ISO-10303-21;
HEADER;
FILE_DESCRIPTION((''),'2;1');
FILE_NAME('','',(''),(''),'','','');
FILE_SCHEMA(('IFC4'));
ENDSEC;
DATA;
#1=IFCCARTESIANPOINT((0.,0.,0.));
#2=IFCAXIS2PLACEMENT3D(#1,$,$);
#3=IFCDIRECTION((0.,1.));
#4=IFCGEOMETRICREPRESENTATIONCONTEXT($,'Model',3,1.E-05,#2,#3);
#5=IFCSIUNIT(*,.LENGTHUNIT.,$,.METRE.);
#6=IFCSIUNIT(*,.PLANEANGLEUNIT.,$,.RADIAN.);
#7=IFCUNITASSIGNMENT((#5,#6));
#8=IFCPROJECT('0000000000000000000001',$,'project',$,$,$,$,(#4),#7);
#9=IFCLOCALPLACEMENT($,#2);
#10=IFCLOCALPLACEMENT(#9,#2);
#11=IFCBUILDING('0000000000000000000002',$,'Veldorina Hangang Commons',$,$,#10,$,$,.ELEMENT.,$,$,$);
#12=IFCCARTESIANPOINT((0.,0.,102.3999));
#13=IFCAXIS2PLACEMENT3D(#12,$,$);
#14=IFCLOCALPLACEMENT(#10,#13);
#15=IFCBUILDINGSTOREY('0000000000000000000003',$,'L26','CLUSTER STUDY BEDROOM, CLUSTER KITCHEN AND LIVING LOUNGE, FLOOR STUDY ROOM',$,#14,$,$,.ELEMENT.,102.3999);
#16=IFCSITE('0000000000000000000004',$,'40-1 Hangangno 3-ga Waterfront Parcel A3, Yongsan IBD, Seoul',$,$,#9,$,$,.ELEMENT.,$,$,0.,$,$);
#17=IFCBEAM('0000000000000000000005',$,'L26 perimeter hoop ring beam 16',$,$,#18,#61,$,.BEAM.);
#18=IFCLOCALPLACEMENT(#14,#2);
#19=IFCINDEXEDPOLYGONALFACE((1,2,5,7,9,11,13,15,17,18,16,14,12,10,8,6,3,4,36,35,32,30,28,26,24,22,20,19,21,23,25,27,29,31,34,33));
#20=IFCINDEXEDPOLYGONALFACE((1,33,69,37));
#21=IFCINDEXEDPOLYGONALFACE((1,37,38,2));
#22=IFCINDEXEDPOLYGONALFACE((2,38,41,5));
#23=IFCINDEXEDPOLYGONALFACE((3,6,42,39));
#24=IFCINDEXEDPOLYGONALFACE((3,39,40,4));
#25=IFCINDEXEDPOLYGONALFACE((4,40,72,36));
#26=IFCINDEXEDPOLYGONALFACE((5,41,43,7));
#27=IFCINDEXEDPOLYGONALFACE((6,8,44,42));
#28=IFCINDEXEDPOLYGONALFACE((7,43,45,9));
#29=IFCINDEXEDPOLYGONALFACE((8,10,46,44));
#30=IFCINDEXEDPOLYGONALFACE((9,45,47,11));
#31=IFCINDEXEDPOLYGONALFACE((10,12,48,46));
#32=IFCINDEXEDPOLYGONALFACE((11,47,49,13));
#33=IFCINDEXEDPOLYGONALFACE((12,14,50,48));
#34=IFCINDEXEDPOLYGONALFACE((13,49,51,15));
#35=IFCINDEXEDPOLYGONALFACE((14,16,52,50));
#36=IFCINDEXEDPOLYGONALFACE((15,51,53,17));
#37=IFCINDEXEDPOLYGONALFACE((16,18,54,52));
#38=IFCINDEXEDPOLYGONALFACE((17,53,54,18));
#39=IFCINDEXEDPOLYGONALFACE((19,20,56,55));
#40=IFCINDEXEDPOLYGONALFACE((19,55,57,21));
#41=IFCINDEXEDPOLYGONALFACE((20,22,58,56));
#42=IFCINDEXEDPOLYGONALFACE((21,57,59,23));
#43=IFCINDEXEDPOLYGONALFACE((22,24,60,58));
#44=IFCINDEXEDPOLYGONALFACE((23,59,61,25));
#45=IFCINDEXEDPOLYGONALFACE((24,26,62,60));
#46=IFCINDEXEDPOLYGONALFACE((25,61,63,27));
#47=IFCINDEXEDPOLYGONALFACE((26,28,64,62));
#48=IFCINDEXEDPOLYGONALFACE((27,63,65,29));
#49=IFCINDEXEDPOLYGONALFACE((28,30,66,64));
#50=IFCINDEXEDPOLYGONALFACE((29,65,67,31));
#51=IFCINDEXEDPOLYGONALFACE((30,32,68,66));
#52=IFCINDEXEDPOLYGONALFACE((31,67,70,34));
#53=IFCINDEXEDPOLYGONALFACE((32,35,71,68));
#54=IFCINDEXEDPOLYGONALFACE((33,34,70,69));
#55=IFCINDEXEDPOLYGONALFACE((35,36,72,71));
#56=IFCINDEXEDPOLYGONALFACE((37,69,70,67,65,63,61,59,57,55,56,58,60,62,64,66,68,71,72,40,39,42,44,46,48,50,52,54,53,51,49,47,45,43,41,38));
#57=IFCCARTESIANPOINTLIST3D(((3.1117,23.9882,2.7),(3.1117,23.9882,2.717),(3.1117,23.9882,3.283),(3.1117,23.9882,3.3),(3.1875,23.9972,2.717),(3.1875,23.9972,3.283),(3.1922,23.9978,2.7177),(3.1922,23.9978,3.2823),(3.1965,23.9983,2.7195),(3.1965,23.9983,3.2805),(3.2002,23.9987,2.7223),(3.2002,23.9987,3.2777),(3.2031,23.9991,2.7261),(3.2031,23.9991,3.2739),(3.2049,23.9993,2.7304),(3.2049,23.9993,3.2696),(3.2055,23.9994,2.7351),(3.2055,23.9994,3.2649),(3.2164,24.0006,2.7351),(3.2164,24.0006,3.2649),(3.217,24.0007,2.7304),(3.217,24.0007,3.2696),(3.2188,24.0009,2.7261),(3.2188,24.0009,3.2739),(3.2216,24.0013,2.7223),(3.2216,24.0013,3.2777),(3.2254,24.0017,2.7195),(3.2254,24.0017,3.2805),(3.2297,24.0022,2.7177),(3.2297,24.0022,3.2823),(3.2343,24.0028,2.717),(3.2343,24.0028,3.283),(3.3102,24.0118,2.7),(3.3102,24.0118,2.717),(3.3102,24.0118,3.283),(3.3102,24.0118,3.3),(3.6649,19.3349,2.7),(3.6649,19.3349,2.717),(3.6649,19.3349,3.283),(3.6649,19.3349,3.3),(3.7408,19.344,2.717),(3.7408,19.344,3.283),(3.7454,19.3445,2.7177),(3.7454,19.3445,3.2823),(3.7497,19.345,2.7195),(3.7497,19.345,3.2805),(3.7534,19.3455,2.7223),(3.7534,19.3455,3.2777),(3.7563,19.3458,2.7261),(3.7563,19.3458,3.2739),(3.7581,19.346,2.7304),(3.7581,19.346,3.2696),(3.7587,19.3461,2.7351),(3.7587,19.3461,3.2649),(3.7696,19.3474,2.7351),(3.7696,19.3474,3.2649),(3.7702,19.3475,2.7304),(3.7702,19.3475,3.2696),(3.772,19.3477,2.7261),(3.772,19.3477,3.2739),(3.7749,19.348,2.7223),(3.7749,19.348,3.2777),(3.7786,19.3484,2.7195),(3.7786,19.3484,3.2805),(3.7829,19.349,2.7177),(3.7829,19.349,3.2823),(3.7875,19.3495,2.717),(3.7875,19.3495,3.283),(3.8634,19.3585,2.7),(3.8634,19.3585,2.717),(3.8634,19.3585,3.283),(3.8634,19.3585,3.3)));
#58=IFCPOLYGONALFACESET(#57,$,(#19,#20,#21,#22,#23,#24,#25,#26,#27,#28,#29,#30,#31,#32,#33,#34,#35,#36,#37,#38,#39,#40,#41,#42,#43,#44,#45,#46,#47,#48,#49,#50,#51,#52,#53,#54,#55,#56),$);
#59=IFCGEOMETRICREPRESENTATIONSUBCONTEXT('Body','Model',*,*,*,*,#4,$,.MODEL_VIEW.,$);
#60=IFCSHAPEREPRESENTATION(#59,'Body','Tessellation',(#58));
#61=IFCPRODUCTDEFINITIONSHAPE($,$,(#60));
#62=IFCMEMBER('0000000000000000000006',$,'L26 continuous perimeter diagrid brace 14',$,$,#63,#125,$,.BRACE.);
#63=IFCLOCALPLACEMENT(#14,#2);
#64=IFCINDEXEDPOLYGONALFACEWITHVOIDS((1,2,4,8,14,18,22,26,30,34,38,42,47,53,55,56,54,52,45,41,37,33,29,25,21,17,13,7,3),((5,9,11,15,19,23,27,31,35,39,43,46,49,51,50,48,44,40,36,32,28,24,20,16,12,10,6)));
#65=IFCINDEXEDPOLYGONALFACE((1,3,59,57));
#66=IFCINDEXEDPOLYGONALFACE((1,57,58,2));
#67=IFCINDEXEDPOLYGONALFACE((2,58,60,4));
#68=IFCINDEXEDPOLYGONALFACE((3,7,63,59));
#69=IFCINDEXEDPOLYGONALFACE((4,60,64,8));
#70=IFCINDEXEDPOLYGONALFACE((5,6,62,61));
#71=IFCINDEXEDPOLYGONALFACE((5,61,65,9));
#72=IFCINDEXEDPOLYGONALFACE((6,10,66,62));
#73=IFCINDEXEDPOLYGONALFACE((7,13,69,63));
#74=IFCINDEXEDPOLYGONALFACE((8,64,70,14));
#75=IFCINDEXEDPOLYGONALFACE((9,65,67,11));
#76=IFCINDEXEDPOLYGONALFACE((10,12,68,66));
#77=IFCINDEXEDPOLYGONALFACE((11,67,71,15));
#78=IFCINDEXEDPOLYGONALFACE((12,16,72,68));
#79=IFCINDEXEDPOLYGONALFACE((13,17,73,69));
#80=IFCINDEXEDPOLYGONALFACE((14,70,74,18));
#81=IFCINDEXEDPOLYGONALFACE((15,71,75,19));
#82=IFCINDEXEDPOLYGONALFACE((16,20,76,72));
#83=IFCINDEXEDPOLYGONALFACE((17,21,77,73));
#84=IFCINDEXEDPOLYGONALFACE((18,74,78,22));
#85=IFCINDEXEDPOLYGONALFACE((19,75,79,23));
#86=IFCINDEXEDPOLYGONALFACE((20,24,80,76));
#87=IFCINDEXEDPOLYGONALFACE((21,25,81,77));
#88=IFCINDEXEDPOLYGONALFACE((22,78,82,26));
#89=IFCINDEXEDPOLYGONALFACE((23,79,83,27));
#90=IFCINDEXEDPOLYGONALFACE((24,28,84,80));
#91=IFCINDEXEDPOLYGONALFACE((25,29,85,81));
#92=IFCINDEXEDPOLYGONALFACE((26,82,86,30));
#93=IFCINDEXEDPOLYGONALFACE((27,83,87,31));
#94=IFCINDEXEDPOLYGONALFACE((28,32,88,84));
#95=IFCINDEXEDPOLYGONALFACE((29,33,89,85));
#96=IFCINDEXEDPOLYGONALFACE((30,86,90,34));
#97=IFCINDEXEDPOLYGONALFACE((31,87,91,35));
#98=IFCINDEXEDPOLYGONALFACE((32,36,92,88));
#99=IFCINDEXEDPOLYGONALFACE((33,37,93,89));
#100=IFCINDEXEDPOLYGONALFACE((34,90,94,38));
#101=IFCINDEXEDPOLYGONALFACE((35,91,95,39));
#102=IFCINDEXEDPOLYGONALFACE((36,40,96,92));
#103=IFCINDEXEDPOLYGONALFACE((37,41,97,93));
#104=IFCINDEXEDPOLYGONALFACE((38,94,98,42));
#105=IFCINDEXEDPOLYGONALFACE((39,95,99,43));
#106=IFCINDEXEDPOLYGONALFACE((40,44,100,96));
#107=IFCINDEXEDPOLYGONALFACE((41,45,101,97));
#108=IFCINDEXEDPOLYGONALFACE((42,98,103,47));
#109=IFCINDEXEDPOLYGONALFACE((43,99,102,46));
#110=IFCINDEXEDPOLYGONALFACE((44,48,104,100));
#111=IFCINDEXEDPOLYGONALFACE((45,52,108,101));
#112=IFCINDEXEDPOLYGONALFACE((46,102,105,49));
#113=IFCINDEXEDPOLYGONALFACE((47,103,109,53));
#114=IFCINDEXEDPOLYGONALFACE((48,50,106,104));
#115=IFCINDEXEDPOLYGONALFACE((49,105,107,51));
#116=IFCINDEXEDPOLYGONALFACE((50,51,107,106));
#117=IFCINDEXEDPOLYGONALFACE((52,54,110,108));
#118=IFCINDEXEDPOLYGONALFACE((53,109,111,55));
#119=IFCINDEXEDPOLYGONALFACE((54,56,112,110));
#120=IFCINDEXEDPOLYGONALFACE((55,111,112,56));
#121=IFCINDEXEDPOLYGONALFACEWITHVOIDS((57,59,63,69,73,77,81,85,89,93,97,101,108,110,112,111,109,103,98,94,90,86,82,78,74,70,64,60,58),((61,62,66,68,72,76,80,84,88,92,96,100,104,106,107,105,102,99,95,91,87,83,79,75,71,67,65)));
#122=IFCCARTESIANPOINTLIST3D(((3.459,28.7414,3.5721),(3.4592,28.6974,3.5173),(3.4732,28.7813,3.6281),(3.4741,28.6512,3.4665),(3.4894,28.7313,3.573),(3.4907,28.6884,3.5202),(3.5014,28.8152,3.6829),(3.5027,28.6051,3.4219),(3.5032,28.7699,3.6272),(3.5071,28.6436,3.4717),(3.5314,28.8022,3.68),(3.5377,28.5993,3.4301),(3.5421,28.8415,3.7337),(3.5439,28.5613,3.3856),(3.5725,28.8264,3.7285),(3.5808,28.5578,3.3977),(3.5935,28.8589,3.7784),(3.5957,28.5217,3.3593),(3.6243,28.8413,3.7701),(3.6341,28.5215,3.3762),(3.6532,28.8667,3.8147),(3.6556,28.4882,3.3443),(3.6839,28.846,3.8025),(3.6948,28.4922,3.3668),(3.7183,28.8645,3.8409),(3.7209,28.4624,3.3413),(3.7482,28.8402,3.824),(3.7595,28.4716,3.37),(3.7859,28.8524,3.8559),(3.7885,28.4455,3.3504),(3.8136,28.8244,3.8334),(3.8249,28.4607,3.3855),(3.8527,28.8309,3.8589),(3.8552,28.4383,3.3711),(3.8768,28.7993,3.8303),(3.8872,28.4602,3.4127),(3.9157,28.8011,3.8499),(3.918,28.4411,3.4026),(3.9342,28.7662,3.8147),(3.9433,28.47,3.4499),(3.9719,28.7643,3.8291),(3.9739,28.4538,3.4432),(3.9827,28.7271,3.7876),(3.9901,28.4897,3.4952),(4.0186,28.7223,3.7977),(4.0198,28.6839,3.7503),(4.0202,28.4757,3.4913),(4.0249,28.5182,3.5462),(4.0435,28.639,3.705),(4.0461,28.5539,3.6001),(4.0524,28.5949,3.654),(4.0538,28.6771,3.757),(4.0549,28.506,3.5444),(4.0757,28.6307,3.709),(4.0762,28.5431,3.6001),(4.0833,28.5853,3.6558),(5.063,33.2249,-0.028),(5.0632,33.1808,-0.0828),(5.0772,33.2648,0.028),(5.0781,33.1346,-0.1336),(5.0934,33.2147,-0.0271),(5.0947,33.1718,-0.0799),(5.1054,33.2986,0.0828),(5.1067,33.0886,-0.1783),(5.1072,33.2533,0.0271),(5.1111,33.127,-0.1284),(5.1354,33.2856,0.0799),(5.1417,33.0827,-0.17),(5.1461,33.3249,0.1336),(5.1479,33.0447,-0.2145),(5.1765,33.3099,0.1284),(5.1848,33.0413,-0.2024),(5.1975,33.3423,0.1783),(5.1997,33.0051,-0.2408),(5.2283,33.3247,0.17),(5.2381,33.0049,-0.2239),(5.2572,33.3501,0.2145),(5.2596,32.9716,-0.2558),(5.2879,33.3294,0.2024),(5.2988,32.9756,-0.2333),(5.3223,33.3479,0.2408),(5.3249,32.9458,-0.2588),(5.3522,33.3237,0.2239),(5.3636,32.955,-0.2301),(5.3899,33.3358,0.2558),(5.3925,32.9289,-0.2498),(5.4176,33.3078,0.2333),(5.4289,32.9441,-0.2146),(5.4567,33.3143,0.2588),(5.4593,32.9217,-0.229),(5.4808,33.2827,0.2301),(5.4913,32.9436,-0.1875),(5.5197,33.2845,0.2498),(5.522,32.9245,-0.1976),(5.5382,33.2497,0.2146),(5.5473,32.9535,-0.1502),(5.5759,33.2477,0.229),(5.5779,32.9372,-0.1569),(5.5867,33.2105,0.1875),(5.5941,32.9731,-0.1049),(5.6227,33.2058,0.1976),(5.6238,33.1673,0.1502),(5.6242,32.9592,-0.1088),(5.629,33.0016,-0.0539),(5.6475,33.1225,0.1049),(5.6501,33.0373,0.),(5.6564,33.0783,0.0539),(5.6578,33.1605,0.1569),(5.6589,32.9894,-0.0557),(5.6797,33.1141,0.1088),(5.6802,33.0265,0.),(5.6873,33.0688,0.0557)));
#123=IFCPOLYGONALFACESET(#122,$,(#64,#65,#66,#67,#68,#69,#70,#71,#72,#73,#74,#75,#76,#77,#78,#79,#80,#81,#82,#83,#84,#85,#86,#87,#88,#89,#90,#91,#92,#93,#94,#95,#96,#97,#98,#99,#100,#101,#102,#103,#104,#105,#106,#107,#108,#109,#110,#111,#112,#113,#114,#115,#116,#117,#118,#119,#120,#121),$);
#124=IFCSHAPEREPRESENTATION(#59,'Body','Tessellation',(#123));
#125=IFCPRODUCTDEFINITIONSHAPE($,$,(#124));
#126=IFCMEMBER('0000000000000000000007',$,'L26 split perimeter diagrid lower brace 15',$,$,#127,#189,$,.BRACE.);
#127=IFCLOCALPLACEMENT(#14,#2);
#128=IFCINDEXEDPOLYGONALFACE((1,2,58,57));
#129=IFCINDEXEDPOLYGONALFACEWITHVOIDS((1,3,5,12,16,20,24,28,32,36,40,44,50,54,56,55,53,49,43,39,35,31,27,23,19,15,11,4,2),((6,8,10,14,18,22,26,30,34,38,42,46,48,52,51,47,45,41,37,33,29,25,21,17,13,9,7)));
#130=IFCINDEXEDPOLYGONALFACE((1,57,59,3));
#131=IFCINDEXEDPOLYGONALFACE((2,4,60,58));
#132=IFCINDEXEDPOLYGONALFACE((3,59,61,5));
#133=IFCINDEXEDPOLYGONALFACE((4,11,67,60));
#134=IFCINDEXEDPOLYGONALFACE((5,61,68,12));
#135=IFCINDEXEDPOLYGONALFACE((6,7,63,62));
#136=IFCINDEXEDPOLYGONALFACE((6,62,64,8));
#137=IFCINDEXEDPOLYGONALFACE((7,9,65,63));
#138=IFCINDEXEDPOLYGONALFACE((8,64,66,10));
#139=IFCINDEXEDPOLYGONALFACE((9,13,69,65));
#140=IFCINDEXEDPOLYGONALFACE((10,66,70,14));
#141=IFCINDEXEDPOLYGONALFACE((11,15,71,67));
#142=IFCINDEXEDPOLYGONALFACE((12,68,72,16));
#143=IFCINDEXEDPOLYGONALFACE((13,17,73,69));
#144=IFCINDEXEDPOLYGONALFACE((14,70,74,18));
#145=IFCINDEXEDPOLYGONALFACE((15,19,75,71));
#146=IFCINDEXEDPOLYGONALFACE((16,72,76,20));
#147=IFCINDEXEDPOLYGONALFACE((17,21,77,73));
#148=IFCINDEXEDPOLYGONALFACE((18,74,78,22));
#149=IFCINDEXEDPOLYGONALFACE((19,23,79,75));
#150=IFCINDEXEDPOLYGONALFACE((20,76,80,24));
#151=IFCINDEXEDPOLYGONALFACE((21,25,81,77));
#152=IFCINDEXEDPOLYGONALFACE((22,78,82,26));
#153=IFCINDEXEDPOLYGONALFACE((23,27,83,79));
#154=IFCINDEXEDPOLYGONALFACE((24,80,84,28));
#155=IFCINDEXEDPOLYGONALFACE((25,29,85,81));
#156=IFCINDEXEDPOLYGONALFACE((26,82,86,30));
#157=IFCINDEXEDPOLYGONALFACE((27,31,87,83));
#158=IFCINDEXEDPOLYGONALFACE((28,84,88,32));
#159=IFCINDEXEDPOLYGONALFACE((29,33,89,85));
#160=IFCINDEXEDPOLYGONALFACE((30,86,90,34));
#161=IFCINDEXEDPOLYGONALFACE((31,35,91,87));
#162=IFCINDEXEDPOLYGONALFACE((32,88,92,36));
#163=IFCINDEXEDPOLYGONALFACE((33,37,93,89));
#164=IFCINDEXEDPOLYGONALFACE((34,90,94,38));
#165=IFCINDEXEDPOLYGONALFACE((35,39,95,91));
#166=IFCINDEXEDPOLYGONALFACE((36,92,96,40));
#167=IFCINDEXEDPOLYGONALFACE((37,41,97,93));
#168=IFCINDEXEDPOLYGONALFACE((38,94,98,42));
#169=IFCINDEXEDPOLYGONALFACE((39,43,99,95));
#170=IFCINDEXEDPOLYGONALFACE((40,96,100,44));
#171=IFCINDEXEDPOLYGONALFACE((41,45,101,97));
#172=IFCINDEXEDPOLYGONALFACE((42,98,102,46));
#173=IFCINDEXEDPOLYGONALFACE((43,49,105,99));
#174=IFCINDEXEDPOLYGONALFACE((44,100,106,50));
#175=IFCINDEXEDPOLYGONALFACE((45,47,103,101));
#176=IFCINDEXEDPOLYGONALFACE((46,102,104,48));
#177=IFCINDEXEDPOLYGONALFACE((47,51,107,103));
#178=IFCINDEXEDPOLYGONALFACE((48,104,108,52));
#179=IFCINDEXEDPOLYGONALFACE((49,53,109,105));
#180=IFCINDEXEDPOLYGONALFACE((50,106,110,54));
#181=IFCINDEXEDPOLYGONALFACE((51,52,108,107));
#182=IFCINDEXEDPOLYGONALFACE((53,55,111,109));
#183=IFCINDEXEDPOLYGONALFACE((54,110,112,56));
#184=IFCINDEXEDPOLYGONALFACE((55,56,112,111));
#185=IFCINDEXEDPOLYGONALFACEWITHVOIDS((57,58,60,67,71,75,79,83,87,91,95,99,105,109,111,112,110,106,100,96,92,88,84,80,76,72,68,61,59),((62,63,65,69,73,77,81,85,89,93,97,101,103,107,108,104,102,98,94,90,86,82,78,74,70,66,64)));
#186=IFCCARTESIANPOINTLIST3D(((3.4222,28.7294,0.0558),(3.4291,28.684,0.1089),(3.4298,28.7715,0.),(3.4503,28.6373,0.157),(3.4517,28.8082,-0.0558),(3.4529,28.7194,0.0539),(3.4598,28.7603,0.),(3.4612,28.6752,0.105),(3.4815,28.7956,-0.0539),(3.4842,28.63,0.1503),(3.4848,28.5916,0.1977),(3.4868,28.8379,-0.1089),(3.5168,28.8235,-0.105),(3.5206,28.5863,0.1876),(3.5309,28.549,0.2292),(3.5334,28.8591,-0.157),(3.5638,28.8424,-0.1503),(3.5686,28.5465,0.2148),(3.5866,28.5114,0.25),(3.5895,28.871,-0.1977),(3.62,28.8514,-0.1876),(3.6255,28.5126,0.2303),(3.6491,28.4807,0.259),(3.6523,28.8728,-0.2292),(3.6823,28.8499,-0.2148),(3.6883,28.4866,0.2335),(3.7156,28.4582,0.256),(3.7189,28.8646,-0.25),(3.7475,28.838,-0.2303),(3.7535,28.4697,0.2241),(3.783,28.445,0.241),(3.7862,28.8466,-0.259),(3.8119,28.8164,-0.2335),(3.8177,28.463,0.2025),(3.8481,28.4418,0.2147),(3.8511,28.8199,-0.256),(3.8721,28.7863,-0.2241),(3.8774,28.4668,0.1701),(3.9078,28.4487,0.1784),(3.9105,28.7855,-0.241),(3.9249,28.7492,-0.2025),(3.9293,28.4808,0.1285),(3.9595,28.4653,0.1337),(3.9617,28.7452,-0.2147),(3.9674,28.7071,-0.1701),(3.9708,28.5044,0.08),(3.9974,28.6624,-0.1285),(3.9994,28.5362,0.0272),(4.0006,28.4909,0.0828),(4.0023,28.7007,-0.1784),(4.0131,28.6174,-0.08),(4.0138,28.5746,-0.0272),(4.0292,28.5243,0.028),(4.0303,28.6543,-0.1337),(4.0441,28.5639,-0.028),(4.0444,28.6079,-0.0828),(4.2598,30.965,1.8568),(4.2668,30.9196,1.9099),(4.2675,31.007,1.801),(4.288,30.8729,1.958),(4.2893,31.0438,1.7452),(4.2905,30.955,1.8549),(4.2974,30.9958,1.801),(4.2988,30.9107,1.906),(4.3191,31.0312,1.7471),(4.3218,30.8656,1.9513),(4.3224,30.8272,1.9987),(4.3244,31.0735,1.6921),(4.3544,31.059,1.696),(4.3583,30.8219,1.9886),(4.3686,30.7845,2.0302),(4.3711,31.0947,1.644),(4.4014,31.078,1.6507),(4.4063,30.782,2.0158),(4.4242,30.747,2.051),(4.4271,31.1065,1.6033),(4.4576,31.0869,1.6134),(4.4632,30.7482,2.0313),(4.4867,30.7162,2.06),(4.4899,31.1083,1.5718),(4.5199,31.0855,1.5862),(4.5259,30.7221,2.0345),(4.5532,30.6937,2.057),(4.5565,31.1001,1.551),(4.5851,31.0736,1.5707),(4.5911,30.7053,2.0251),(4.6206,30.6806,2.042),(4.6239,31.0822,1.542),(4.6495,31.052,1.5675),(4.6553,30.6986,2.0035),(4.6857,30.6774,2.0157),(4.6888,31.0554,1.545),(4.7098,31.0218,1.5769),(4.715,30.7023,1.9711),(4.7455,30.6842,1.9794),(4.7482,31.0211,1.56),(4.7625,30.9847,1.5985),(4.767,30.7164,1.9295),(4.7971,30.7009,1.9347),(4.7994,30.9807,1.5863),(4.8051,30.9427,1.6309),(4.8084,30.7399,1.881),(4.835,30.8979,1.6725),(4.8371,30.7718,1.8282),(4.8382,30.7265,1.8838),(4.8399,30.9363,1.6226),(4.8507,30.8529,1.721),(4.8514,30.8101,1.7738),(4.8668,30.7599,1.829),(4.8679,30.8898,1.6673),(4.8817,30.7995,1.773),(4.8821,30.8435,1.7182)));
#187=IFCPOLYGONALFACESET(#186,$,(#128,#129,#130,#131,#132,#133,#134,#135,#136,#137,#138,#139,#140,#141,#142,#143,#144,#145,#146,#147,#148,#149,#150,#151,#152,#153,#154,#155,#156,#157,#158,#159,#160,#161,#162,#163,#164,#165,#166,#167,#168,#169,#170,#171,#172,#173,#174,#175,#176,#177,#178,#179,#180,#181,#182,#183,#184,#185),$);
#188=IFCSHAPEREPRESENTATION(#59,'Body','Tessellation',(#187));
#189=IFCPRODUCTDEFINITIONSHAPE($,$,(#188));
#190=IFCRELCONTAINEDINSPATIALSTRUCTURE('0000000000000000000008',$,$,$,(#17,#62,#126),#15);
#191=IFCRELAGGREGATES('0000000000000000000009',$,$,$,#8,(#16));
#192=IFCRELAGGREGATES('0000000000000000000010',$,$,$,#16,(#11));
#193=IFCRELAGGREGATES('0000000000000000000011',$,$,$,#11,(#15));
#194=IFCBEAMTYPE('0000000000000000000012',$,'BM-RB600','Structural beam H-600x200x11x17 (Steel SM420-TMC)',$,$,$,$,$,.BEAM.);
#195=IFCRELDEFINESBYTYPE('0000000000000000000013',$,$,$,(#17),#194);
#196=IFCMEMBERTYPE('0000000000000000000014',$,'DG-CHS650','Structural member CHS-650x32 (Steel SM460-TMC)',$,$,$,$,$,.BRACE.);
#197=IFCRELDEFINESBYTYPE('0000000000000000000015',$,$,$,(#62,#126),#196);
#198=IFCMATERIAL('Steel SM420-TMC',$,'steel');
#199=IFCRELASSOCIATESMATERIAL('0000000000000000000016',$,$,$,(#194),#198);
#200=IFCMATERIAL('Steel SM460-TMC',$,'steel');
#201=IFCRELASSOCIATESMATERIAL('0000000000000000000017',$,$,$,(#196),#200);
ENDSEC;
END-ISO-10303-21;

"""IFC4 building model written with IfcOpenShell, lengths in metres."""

from ifc_helpers import new_model, si_unit, direction, frame, origin, origin_2d, place, context, subcontext, project, spatial, hollow_circle, i_section, extrude, material, material_profile, profile_set, type_object, element, save


model = new_model("IFC4")

# Units and contexts
model_context = context("Model", 3, precision=1e-05, world=origin(), true_north=direction((0.0, 1.0)))
body_context = subcontext(model_context, "Body", "Model", "MODEL_VIEW")
ifc_project = project(units=[si_unit("LENGTHUNIT", "METRE"), si_unit("PLANEANGLEUNIT", "RADIAN")], contexts=[model_context])

# Site, building, storey
site_placement = place(None, origin())
site = spatial("IfcSite", under=ifc_project, at=site_placement, Name="40-1 Hangangno 3-ga Waterfront Parcel A3, Yongsan IBD, Seoul", CompositionType="ELEMENT", RefElevation=0.0)
building_placement = place(site_placement, origin())
building = spatial("IfcBuilding", under=site, at=building_placement, Name="Veldorina Hangang Commons", CompositionType="ELEMENT")
storey_placement = place(building_placement, frame((0.0, 0.0, 102.3999)))
storey = spatial("IfcBuildingStorey", under=building, at=storey_placement, Name="L26", Description="CLUSTER STUDY BEDROOM, CLUSTER KITCHEN AND LIVING LOUNGE, FLOOR STUDY ROOM", CompositionType="ELEMENT", Elevation=102.3999)

# Beam
ifc_material_1 = material(Name="Steel SM420-TMC", Category="steel")
ifc_material_profile_1 = material_profile(ifc_material_1, i_section(OverallWidth=0.2, OverallDepth=0.6001, WebThickness=0.011, FlangeThickness=0.0171, FilletRadius=0.0181, at=origin_2d()), Name="H-600x200x11x17")
ifc_profile_set_1 = profile_set([ifc_material_profile_1], Name="Steel SM420-TMC")
beam_type_1 = type_object("IfcBeamType", Name="BM-RB600", Description="Structural beam H-600x200x11x17 (Steel SM420-TMC)", PredefinedType="BEAM", material=ifc_profile_set_1)
for number, where, z_axis, x_axis, name in (
    (1, (3.2109, 24.0, 3.0), (0.118056, -0.993007, 0.0), (0.993007, 0.118056, 0.0), "L26 perimeter hoop ring beam 16"),
):
    element("IfcBeam", number, at=place(storey_placement, frame(where, z_axis=z_axis, x_axis=x_axis)), inside=storey, type_object=beam_type_1, Name=name, PredefinedType="BEAM", context=body_context, shape_type="SweptSolid", body=[
        extrude(i_section(OverallWidth=0.2, OverallDepth=0.6001, WebThickness=0.011, FlangeThickness=0.0171, FilletRadius=0.0181, at=origin_2d()), origin(), (0.0, 0.0, 1.0), 4.686),
    ])

# Members
ifc_material_2 = material(Name="Steel SM460-TMC", Category="steel")
ifc_material_profile_2 = material_profile(ifc_material_2, hollow_circle(Radius=0.325, WallThickness=0.032, at=origin_2d()), Name="CHS-650x32")
ifc_profile_set_2 = profile_set([ifc_material_profile_2], Name="Steel SM460-TMC")
member_type_1 = type_object("IfcMemberType", Name="DG-CHS650", Description="Structural member CHS-650x32 (Steel SM460-TMC)", PredefinedType="BRACE", material=ifc_profile_set_2)
member_1_placement = place(storey_placement, frame((5.3743, 33.136, 0.0), z_axis=(-0.268702, -0.751057, 0.603086), x_axis=(0.941556, -0.336856, 0.0)))
element("IfcMember", 2, at=member_1_placement, inside=storey, type_object=member_type_1, Name="L26 continuous perimeter diagrid brace 14", PredefinedType="BRACE", context=body_context, shape_type="SweptSolid", body=[
    extrude(hollow_circle(Radius=0.325, WallThickness=0.032, at=origin_2d()), origin(), (0.0, 0.0, 1.0), 5.9695),
])
member_2_placement = place(storey_placement, frame((3.7341, 28.6575, 0.0), z_axis=(0.2801, 0.74756, 0.602244), x_axis=(-0.936426, 0.350866, 0.0)))
element("IfcMember", 3, at=member_2_placement, inside=storey, type_object=member_type_1, Name="L26 split perimeter diagrid lower brace 15", PredefinedType="BRACE", context=body_context, shape_type="SweptSolid", body=[
    extrude(hollow_circle(Radius=0.325, WallThickness=0.032, at=origin_2d()), origin(), (0.0, 0.0, 1.0), 2.9905),
])

save(model, "model.ifc")
